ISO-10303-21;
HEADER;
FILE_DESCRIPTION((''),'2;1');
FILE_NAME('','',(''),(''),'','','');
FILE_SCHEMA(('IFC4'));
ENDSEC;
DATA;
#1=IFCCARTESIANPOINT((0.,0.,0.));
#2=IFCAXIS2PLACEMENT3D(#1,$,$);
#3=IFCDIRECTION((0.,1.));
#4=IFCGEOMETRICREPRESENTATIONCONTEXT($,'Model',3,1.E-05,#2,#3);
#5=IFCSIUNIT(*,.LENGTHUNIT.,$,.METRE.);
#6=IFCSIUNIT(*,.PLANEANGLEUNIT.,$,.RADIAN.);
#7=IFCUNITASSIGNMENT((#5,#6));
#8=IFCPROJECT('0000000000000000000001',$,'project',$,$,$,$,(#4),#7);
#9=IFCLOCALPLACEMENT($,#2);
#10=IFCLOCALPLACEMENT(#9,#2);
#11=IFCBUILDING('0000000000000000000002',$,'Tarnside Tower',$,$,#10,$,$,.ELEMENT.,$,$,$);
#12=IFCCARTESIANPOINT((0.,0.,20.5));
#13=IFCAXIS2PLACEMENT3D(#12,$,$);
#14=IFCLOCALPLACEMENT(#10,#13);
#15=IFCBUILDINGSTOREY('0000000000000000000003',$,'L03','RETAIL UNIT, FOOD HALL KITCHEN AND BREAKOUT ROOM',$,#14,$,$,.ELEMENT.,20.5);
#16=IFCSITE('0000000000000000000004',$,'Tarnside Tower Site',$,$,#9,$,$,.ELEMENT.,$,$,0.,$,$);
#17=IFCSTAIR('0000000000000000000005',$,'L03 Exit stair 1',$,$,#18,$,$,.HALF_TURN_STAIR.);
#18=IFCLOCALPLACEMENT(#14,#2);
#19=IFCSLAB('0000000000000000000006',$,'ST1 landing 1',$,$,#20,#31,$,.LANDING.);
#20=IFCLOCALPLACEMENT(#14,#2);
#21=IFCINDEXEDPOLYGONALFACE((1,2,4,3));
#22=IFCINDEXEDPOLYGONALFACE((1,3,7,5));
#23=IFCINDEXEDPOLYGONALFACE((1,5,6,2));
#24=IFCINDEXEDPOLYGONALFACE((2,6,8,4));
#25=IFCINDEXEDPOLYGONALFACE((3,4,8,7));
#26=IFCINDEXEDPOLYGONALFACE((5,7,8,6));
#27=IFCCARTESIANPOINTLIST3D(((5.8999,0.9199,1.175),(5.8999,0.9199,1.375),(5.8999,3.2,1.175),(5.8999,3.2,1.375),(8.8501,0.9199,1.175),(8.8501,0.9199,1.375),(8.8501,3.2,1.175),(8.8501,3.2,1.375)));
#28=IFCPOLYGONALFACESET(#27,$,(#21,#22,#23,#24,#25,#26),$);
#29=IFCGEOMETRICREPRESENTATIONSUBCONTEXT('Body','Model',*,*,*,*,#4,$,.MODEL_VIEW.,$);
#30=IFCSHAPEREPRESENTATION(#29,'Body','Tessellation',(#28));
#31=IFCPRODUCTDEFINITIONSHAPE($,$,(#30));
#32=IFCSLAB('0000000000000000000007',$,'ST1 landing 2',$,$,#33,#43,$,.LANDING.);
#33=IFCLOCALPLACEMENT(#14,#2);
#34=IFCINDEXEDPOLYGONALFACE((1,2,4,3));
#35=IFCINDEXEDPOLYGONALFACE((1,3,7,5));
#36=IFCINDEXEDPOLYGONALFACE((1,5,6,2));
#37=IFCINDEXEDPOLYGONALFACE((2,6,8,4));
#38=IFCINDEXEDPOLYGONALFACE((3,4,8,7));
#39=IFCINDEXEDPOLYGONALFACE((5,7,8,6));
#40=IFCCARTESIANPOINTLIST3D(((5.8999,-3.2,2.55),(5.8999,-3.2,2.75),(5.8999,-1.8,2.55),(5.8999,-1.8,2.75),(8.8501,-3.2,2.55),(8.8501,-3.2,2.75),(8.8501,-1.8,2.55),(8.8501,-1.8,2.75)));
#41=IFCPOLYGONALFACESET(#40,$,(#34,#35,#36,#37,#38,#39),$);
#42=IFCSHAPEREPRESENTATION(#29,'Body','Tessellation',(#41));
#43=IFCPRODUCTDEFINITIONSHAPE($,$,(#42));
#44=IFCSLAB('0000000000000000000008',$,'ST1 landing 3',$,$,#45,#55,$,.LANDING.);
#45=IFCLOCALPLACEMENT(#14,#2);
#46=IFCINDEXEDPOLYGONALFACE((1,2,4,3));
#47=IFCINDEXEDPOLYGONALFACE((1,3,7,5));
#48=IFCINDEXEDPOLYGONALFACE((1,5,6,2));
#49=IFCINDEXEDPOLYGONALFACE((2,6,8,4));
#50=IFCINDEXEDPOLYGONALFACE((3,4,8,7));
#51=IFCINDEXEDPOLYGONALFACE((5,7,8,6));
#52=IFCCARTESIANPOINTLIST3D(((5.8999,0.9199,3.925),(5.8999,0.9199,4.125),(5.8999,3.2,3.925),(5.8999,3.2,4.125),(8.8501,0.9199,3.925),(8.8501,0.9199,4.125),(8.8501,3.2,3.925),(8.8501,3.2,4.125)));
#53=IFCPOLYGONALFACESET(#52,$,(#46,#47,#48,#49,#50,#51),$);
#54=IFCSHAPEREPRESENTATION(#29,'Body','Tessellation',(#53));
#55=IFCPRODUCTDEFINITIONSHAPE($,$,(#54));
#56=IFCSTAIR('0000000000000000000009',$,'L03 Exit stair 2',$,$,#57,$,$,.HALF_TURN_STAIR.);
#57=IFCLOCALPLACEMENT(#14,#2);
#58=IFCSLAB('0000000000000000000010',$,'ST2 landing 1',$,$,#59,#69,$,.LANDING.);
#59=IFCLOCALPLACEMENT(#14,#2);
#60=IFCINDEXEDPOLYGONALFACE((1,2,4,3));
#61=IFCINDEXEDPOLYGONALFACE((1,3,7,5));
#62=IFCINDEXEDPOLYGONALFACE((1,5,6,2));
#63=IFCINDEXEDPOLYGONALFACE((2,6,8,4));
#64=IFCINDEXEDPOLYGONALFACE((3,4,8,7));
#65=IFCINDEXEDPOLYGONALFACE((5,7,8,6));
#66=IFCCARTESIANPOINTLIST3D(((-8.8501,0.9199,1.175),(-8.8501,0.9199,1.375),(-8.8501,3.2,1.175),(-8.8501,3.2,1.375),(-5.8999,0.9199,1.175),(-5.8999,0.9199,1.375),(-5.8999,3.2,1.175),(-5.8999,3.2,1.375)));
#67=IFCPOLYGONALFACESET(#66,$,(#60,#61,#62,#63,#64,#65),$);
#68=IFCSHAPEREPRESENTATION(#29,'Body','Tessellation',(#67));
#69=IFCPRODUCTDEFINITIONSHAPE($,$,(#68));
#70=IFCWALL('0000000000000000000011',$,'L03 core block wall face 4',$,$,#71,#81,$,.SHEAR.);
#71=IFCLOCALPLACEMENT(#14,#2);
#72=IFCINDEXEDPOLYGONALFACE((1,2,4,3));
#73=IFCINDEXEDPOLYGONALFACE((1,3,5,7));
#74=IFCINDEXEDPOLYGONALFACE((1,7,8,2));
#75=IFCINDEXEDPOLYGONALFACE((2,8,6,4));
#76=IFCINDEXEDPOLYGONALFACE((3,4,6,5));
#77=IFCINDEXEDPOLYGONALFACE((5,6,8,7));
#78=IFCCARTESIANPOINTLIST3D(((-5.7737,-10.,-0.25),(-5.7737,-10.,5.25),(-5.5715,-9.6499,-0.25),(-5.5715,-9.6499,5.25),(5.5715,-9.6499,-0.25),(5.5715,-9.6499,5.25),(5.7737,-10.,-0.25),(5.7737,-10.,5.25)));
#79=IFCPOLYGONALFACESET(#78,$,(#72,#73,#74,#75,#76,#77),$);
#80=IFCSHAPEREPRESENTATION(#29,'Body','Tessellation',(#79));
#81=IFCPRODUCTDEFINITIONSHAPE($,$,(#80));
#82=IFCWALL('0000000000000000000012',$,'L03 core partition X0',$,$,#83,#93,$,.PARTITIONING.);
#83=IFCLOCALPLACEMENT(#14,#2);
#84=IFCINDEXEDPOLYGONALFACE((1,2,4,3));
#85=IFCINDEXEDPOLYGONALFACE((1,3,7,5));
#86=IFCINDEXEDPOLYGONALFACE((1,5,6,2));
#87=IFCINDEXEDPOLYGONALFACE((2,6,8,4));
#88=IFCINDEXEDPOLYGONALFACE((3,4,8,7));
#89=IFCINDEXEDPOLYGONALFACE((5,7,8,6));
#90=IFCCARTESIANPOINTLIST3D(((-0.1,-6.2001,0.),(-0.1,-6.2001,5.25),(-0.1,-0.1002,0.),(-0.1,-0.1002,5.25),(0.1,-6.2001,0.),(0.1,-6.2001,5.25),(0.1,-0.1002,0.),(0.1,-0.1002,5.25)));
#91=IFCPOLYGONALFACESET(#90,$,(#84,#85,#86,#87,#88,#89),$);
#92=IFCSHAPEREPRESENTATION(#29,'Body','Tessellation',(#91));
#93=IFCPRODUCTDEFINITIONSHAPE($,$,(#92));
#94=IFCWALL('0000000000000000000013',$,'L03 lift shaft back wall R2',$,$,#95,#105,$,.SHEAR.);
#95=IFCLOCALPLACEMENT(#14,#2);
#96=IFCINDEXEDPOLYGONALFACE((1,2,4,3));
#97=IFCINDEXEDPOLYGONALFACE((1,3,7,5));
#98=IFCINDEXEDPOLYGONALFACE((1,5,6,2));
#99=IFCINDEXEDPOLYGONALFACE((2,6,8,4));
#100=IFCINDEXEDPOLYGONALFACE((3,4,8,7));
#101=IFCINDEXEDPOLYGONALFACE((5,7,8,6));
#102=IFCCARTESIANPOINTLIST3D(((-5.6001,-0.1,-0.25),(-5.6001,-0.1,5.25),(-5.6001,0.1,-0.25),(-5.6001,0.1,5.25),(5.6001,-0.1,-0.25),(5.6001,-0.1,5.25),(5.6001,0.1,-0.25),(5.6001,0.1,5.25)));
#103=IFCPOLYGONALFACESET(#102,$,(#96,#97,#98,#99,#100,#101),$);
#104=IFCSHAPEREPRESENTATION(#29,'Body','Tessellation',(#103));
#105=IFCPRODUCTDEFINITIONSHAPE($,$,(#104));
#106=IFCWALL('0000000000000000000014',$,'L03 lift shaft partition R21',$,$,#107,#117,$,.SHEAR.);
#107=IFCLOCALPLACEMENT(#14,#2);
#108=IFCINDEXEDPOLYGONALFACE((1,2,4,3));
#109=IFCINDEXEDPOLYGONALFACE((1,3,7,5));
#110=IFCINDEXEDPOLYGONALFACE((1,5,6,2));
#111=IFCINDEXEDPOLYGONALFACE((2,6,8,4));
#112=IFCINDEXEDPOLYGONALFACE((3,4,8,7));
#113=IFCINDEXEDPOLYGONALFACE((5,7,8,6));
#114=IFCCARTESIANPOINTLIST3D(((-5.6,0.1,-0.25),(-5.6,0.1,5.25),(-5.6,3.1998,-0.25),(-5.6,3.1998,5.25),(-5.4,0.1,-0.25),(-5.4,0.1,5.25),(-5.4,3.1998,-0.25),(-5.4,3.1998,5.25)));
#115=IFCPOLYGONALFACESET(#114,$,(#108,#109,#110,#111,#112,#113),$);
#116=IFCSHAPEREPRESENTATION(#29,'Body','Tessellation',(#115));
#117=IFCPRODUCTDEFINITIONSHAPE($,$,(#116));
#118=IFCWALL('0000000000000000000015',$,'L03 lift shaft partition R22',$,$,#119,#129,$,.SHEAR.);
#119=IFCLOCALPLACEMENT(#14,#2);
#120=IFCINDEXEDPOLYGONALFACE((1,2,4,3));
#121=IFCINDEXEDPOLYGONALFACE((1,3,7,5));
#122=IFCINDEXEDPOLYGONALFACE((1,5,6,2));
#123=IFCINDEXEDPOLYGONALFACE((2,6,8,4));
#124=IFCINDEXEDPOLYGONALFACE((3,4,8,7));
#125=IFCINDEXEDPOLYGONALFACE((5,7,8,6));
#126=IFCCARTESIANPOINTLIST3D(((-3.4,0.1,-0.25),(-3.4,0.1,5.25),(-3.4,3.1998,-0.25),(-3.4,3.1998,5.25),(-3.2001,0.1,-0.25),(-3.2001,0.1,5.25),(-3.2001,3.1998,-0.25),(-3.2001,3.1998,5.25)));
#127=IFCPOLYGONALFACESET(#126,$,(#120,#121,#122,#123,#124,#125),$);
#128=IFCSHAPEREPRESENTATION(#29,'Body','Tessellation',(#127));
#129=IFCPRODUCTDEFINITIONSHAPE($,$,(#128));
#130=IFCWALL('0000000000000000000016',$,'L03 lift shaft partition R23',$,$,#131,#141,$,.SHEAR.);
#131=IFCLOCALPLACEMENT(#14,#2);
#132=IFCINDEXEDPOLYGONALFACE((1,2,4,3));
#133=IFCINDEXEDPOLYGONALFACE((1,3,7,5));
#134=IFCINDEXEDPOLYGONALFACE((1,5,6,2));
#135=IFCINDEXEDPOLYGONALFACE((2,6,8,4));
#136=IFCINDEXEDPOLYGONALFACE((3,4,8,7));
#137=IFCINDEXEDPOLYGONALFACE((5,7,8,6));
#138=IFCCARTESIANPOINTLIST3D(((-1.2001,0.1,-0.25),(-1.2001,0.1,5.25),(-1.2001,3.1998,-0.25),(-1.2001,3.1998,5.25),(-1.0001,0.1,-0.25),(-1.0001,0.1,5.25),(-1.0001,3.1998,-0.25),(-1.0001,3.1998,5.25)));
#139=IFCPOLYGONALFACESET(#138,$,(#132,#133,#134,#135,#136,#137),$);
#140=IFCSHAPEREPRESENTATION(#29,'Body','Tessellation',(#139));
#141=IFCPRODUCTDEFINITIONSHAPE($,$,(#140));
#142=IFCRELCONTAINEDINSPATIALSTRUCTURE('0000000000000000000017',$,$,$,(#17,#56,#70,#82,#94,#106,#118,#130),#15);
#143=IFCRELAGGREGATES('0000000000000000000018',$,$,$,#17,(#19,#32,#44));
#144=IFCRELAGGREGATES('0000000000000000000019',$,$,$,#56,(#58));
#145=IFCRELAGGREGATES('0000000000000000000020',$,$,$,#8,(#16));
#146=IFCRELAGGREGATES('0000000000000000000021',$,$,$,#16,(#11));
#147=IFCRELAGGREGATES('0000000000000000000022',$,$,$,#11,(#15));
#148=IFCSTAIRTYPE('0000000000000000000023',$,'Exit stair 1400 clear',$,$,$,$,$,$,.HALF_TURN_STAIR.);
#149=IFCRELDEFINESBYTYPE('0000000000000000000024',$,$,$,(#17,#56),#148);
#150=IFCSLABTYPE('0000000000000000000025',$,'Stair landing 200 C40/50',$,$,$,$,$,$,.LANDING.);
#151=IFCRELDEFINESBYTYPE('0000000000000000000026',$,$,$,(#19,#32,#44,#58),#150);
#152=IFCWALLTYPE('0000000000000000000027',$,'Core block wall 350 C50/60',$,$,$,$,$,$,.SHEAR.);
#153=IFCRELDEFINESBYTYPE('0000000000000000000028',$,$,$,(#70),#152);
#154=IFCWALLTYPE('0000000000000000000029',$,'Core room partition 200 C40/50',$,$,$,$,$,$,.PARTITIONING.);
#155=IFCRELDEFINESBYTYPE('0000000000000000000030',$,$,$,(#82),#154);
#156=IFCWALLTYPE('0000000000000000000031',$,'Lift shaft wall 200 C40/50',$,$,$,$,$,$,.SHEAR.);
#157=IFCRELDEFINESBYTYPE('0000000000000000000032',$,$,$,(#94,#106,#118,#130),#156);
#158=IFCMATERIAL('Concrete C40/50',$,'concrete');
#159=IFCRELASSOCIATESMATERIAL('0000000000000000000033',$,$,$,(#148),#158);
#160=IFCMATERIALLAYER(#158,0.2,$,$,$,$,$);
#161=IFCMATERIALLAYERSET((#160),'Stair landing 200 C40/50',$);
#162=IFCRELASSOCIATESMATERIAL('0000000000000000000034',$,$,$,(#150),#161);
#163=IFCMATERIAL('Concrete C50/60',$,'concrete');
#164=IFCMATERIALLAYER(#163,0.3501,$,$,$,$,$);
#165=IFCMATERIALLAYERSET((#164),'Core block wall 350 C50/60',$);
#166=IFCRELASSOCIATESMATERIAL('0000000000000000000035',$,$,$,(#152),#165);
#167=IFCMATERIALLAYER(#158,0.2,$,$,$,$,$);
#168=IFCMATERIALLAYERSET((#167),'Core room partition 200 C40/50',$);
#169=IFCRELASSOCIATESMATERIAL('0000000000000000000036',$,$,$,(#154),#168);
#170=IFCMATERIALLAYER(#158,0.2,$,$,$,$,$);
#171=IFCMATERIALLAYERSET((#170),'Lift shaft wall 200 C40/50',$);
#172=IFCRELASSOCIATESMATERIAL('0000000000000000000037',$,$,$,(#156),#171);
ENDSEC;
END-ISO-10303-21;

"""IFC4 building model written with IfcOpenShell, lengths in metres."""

from ifc_helpers import new_model, si_unit, direction, frame, frame_2d, origin, place, context, subcontext, project, spatial, polyline, rectangle, outline, extrude, material, layer, layer_set, type_object, element, aggregate, save


model = new_model("IFC4")

# Units and contexts
model_context = context("Model", 3, precision=1e-05, world=origin(), true_north=direction((0.0, 1.0)))
body_context = subcontext(model_context, "Body", "Model", "MODEL_VIEW")
ifc_project = project(units=[si_unit("LENGTHUNIT", "METRE"), si_unit("PLANEANGLEUNIT", "RADIAN")], contexts=[model_context])

# Site, building, storey
site_placement = place(None, origin())
site = spatial("IfcSite", under=ifc_project, at=site_placement, Name="Tarnside Tower Site", CompositionType="ELEMENT", RefElevation=0.0)
building_placement = place(site_placement, origin())
building = spatial("IfcBuilding", under=site, at=building_placement, Name="Tarnside Tower", CompositionType="ELEMENT")
storey_placement = place(building_placement, frame((0.0, 0.0, 20.5)))
storey = spatial("IfcBuildingStorey", under=building, at=storey_placement, Name="L03", Description="RETAIL UNIT, FOOD HALL KITCHEN AND BREAKOUT ROOM", CompositionType="ELEMENT", Elevation=20.5)

# Stair, slabs
ifc_material_1 = material(Name="Concrete C40/50", Category="concrete")
stair_type = type_object("IfcStairType", Name="Exit stair 1400 clear", PredefinedType="HALF_TURN_STAIR", material=ifc_material_1)
stair_1_placement = place(storey_placement, origin())
stair_1 = element("IfcStair", 1, at=stair_1_placement, inside=storey, type_object=stair_type, Name="L03 Exit stair 1", PredefinedType="HALF_TURN_STAIR")
ifc_layer_1 = layer(ifc_material_1, 0.2)
ifc_layer_set_1 = layer_set([ifc_layer_1], Name="Stair landing 200 C40/50")
slab_type_1 = type_object("IfcSlabType", Name="Stair landing 200 C40/50", PredefinedType="LANDING", material=ifc_layer_set_1)
slab_1_placement = place(storey_placement, frame((0.0, 0.0, 1.175)))
slab_1 = element("IfcSlab", 2, at=slab_1_placement, type_object=slab_type_1, Name="ST1 landing 1", PredefinedType="LANDING", context=body_context, shape_type="SweptSolid", body=[
    extrude(outline(polyline([(8.8501, 0.9199), (8.8501, 3.2), (5.8999, 3.2), (5.8999, 0.9199), (8.8501, 0.9199)])), origin(), (0.0, 0.0, 1.0), 0.2),
])
slab_2_placement = place(storey_placement, frame((0.0, 0.0, 2.55)))
slab_2 = element("IfcSlab", 3, at=slab_2_placement, type_object=slab_type_1, Name="ST1 landing 2", PredefinedType="LANDING", context=body_context, shape_type="SweptSolid", body=[
    extrude(outline(polyline([(8.8501, -3.2), (8.8501, -1.8), (5.8999, -1.8), (5.8999, -3.2), (8.8501, -3.2)])), origin(), (0.0, 0.0, 1.0), 0.2),
])
slab_3_placement = place(storey_placement, frame((0.0, 0.0, 3.925)))
slab_3 = element("IfcSlab", 4, at=slab_3_placement, type_object=slab_type_1, Name="ST1 landing 3", PredefinedType="LANDING", context=body_context, shape_type="SweptSolid", body=[
    extrude(outline(polyline([(8.8501, 0.9199), (8.8501, 3.2), (5.8999, 3.2), (5.8999, 0.9199), (8.8501, 0.9199)])), origin(), (0.0, 0.0, 1.0), 0.2),
])
aggregate(stair_1, [slab_1, slab_2, slab_3])

# Stair, slab
stair_2_placement = place(storey_placement, origin())
stair_2 = element("IfcStair", 5, at=stair_2_placement, inside=storey, type_object=stair_type, Name="L03 Exit stair 2", PredefinedType="HALF_TURN_STAIR")
slab_4_placement = place(storey_placement, frame((0.0, 0.0, 1.175)))
slab_4 = element("IfcSlab", 6, at=slab_4_placement, type_object=slab_type_1, Name="ST2 landing 1", PredefinedType="LANDING", context=body_context, shape_type="SweptSolid", body=[
    extrude(outline(polyline([(-5.8999, 0.9199), (-5.8999, 3.2), (-8.8501, 3.2), (-8.8501, 0.9199), (-5.8999, 0.9199)])), origin(), (0.0, 0.0, 1.0), 0.2),
])
aggregate(stair_2, [slab_4])

# Walls
ifc_material_2 = material(Name="Concrete C50/60", Category="concrete")
ifc_layer_2 = layer(ifc_material_2, 0.3501)
ifc_layer_set_2 = layer_set([ifc_layer_2], Name="Core block wall 350 C50/60")
wall_type_1 = type_object("IfcWallType", Name="Core block wall 350 C50/60", PredefinedType="SHEAR", material=ifc_layer_set_2)
wall_1_placement = place(storey_placement, frame((-5.6726, -9.825, -0.25), z_axis=(0.0, 0.0, 1.0), x_axis=(1.0, 0.0, 0.0)))
element("IfcWall", 7, at=wall_1_placement, inside=storey, type_object=wall_type_1, Name="L03 core block wall face 4", PredefinedType="SHEAR", context=body_context, shape_type="SweptSolid", body=[
    extrude(outline(polyline([(-0.1011, -0.175), (11.4463, -0.175), (11.2441, 0.175), (0.1011, 0.175), (-0.1011, -0.175)])), origin(), (0.0, 0.0, 1.0), 5.5),
])
ifc_layer_3 = layer(ifc_material_1, 0.2)
ifc_layer_set_3 = layer_set([ifc_layer_3], Name="Core room partition 200 C40/50")
wall_type_2 = type_object("IfcWallType", Name="Core room partition 200 C40/50", PredefinedType="PARTITIONING", material=ifc_layer_set_3)
wall_2_placement = place(storey_placement, frame((0.0, -6.2, 0.0), z_axis=(0.0, 0.0, 1.0), x_axis=(0.0, 1.0, 0.0)))
element("IfcWall", 8, at=wall_2_placement, inside=storey, type_object=wall_type_2, Name="L03 core partition X0", PredefinedType="PARTITIONING", context=body_context, shape_type="SweptSolid", body=[
    extrude(rectangle(XDim=6.0999, YDim=0.2, at=frame_2d((3.0498, 0.0))), origin(), (0.0, 0.0, 1.0), 5.25),
])
ifc_layer_4 = layer(ifc_material_1, 0.2)
ifc_layer_set_4 = layer_set([ifc_layer_4], Name="Lift shaft wall 200 C40/50")
wall_type_3 = type_object("IfcWallType", Name="Lift shaft wall 200 C40/50", PredefinedType="SHEAR", material=ifc_layer_set_4)
wall_3_placement = place(storey_placement, frame((-5.6001, 0.0, -0.25), z_axis=(0.0, 0.0, 1.0), x_axis=(1.0, 0.0, 0.0)))
element("IfcWall", 9, at=wall_3_placement, inside=storey, type_object=wall_type_3, Name="L03 lift shaft back wall R2", PredefinedType="SHEAR", context=body_context, shape_type="SweptSolid", body=[
    extrude(rectangle(XDim=11.2002, YDim=0.2, at=frame_2d((5.6001, 0.0))), origin(), (0.0, 0.0, 1.0), 5.5),
])
for number, where, z_axis, x_axis, name in (
    (10, (-5.5, 0.1001, -0.25), (0.0, 0.0, 1.0), (0.0, 1.0, 0.0), "L03 lift shaft partition R21"),
    (11, (-3.3, 0.1001, -0.25), (0.0, 0.0, 1.0), (0.0, 1.0, 0.0), "L03 lift shaft partition R22"),
    (12, (-1.1001, 0.1001, -0.25), (0.0, 0.0, 1.0), (0.0, 1.0, 0.0), "L03 lift shaft partition R23"),
):
    element("IfcWall", number, at=place(storey_placement, frame(where, z_axis=z_axis, x_axis=x_axis)), inside=storey, type_object=wall_type_3, Name=name, PredefinedType="SHEAR", context=body_context, shape_type="SweptSolid", body=[
        extrude(rectangle(XDim=3.0999, YDim=0.2, at=frame_2d((1.5498, 0.0))), origin(), (0.0, 0.0, 1.0), 5.5),
    ])

save(model, "model.ifc")
